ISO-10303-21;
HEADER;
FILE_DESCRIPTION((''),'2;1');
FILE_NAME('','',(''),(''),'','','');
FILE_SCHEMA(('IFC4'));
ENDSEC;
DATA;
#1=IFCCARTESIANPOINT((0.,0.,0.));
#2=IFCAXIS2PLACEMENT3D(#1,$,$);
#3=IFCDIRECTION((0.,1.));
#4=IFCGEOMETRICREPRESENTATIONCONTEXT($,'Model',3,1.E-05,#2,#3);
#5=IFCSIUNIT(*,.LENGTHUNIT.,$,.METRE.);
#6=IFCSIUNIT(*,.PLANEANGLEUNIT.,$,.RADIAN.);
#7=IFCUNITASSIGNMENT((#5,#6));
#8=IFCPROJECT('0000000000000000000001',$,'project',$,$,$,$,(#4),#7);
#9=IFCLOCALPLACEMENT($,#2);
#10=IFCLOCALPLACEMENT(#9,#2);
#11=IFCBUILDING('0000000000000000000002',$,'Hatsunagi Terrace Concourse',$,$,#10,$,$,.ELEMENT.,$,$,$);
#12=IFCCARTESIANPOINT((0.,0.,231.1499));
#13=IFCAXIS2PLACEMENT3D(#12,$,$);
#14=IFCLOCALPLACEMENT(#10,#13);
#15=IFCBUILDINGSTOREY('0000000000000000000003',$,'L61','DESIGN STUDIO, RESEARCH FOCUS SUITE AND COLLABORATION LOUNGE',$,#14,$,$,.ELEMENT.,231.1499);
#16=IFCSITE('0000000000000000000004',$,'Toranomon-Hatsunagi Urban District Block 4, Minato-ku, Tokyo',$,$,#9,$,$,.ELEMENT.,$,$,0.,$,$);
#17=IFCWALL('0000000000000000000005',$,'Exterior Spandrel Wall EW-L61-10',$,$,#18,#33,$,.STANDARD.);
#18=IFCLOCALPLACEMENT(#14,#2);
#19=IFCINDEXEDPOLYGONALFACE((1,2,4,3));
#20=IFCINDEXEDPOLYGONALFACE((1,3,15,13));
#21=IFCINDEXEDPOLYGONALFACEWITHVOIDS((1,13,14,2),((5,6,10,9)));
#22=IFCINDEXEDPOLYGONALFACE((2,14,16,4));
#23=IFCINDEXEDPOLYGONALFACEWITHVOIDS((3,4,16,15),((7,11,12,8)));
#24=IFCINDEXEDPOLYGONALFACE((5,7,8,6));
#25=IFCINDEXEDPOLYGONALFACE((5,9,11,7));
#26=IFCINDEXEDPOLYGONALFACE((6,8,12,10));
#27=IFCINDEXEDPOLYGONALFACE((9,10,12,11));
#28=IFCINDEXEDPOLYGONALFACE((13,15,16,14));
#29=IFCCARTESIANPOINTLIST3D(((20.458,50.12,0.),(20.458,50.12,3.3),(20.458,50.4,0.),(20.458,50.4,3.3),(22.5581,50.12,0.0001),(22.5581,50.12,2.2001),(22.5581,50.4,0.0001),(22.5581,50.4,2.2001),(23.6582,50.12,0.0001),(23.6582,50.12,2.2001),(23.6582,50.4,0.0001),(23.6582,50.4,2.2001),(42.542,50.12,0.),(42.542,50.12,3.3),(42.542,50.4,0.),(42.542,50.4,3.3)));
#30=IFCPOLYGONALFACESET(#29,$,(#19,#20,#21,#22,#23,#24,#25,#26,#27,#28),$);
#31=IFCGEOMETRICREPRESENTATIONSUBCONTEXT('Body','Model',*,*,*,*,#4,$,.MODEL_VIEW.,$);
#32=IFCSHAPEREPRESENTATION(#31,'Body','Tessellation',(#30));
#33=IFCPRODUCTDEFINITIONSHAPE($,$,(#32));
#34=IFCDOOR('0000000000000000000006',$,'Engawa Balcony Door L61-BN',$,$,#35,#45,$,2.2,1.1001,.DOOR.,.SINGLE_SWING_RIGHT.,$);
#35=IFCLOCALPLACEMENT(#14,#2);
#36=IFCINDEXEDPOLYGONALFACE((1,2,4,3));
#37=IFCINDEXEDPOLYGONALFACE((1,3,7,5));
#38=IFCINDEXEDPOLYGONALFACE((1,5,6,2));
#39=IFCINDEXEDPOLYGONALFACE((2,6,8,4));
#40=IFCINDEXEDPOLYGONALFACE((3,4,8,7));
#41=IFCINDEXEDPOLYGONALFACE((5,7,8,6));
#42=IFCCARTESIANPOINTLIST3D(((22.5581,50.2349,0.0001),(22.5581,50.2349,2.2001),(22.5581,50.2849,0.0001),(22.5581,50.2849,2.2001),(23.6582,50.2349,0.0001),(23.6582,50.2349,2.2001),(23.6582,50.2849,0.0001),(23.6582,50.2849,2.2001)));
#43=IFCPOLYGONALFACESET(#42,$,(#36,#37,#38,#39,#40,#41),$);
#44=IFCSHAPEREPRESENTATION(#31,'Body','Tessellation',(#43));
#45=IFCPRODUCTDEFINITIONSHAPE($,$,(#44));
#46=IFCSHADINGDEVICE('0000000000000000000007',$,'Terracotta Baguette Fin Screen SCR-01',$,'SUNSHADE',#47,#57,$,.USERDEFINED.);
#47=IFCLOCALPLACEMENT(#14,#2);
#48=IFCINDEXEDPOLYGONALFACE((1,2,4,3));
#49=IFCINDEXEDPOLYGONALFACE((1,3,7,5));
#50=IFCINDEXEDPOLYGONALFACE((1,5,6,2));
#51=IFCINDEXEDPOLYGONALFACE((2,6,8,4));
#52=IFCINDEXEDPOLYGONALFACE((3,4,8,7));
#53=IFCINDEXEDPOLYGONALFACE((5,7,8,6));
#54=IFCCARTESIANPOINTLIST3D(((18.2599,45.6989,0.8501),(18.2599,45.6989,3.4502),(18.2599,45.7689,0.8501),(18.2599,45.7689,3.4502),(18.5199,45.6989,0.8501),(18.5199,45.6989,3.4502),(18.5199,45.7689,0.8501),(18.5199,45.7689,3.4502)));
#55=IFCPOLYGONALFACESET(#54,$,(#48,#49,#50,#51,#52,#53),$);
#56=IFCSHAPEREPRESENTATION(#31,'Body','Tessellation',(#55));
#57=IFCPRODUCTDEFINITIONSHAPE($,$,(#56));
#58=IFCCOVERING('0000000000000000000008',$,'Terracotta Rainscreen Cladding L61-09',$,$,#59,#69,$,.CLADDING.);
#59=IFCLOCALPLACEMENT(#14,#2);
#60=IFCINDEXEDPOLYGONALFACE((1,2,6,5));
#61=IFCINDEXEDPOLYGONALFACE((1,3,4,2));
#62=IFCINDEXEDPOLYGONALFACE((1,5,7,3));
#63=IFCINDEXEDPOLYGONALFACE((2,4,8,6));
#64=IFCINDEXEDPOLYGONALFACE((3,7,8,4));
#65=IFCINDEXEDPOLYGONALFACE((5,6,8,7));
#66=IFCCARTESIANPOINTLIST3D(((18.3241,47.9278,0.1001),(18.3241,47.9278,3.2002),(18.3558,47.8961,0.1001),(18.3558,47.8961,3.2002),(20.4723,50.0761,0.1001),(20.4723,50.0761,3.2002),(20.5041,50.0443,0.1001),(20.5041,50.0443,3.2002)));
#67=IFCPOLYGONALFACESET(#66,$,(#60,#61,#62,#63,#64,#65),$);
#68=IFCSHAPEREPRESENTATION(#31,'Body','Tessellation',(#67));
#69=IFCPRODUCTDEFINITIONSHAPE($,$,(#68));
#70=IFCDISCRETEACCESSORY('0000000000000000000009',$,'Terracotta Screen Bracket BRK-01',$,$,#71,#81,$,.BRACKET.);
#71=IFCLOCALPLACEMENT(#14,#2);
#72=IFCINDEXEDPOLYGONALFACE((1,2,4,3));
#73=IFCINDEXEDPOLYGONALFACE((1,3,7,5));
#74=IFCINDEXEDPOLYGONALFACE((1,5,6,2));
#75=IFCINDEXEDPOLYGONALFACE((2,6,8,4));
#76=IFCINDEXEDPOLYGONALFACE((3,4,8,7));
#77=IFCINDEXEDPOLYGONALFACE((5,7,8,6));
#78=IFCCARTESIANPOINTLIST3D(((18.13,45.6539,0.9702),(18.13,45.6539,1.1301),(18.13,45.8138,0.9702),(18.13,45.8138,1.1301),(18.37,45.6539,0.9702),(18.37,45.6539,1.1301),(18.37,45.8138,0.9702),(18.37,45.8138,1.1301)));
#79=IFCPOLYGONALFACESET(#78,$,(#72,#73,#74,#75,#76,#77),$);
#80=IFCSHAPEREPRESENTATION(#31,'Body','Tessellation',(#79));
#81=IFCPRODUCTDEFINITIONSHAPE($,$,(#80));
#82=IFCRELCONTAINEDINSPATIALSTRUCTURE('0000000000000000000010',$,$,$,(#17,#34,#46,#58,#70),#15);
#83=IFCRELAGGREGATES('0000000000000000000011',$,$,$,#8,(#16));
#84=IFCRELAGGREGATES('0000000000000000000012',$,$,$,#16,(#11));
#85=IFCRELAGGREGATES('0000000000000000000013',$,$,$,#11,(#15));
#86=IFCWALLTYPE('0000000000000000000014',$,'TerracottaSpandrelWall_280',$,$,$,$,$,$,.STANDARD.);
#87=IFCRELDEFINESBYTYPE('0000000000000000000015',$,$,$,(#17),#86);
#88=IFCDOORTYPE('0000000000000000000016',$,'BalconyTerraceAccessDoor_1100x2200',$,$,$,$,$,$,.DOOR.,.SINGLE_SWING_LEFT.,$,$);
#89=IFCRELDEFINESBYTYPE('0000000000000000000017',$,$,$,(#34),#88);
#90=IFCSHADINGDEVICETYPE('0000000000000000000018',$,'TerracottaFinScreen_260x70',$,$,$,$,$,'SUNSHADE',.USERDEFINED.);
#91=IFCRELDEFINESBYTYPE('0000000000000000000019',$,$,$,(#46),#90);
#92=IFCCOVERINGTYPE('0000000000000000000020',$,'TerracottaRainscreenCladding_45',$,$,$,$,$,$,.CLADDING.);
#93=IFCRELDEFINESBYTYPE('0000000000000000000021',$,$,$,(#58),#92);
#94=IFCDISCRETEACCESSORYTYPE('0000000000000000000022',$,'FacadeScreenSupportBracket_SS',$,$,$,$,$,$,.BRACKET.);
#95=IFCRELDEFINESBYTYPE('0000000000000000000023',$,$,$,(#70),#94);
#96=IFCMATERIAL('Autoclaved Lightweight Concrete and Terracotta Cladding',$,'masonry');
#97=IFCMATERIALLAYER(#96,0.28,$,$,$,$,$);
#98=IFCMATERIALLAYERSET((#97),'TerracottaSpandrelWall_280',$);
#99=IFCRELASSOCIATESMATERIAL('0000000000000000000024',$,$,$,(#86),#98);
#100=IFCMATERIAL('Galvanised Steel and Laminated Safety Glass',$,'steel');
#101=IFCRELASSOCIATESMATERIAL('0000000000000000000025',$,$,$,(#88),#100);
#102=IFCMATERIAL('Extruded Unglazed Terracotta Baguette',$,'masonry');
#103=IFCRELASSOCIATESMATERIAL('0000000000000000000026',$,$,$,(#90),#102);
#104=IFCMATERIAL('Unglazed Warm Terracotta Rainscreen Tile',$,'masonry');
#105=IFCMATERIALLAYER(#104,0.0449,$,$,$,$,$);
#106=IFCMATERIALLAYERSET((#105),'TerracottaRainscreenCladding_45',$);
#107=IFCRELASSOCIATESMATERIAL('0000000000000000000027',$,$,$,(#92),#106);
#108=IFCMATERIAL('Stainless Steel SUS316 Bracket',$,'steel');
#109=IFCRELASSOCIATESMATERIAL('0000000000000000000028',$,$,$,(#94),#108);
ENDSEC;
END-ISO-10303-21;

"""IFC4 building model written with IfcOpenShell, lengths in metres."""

from ifc_helpers import new_model, si_unit, direction, frame, frame_2d, origin, origin_2d, place, context, subcontext, project, spatial, rectangle, extrude, material, layer, layer_set, type_object, element, fill, save


model = new_model("IFC4")

# Units and contexts
model_context = context("Model", 3, precision=1e-05, world=origin(), true_north=direction((0.0, 1.0)))
body_context = subcontext(model_context, "Body", "Model", "MODEL_VIEW")
ifc_project = project(units=[si_unit("LENGTHUNIT", "METRE"), si_unit("PLANEANGLEUNIT", "RADIAN")], contexts=[model_context])

# Site, building, storey
site_placement = place(None, origin())
site = spatial("IfcSite", under=ifc_project, at=site_placement, Name="Toranomon-Hatsunagi Urban District Block 4, Minato-ku, Tokyo", CompositionType="ELEMENT", RefElevation=0.0)
building_placement = place(site_placement, origin())
building = spatial("IfcBuilding", under=site, at=building_placement, Name="Hatsunagi Terrace Concourse", CompositionType="ELEMENT")
storey_placement = place(building_placement, frame((0.0, 0.0, 231.1499)))
storey = spatial("IfcBuildingStorey", under=building, at=storey_placement, Name="L61", Description="DESIGN STUDIO, RESEARCH FOCUS SUITE AND COLLABORATION LOUNGE", CompositionType="ELEMENT", Elevation=231.1499)

# Shared definitions
ifc_material_1 = material(Name="Autoclaved Lightweight Concrete and Terracotta Cladding", Category="masonry")
ifc_layer_1 = layer(ifc_material_1, 0.28)
ifc_layer_set_1 = layer_set([ifc_layer_1], Name="TerracottaSpandrelWall_280")
wall_type_1 = type_object("IfcWallType", Name="TerracottaSpandrelWall_280", PredefinedType="STANDARD", material=ifc_layer_set_1)

# Wall, opening, door
wall_1_placement = place(storey_placement, frame((20.458, 50.26, 0.0), z_axis=(0.0, 0.0, 1.0), x_axis=(1.0, 0.0, 0.0)))
wall_1 = element("IfcWall", 1, at=wall_1_placement, inside=storey, type_object=wall_type_1, Name="Exterior Spandrel Wall EW-L61-10", PredefinedType="STANDARD", context=body_context, shape_type="SweptSolid", body=[
    extrude(rectangle(XDim=22.084, YDim=0.28, at=frame_2d((11.042, 0.0))), origin(), (0.0, 0.0, 1.0), 3.3),
])
opening_1_placement = place(wall_1_placement, frame((2.1001, 0.0, 0.0)))
opening_1 = element("IfcOpeningElement", 2, at=opening_1_placement, cuts=wall_1, PredefinedType="OPENING", context=body_context, shape_type="SweptSolid", body=[
    extrude(rectangle(XDim=1.1001, YDim=2.2, at=frame_2d((0.55, 1.1001))), frame((0.0, 0.1499, 0.0), z_axis=(0.0, -1.0, 0.0), x_axis=(1.0, 0.0, 0.0)), (0.0, 0.0, 1.0), 0.3),
])
ifc_material_2 = material(Name="Galvanised Steel and Laminated Safety Glass", Category="steel")
door_type_1 = type_object("IfcDoorType", Name="BalconyTerraceAccessDoor_1100x2200", OperationType="SINGLE_SWING_LEFT", PredefinedType="DOOR", material=ifc_material_2)
door_1_placement = place(opening_1_placement, origin())
door_1 = element("IfcDoor", 3, at=door_1_placement, inside=storey, type_object=door_type_1, Name="Engawa Balcony Door L61-BN", OperationType="SINGLE_SWING_RIGHT", OverallHeight=2.2, OverallWidth=1.1001, PredefinedType="DOOR", context=body_context, shape_type="SweptSolid", body=[
    extrude(rectangle(XDim=1.1001, YDim=2.2, at=frame_2d((0.55, 1.1001))), frame((0.0, 0.0249, 0.0), z_axis=(0.0, -1.0, 0.0), x_axis=(1.0, 0.0, 0.0)), (0.0, 0.0, 1.0), 0.05),
])
fill(opening_1, door_1)

# Shading device
ifc_material_3 = material(Name="Extruded Unglazed Terracotta Baguette", Category="masonry")
shading_device_type = type_object("IfcShadingDeviceType", Name="TerracottaFinScreen_260x70", ElementType="SUNSHADE", PredefinedType="USERDEFINED", material=ifc_material_3)
shading_device_placement = place(storey_placement, frame((18.3899, 45.7339, 0.8501), z_axis=(0.0, 0.0, 1.0), x_axis=(0.0, 1.0, 0.0)))
element("IfcShadingDevice", 4, at=shading_device_placement, inside=storey, type_object=shading_device_type, Name="Terracotta Baguette Fin Screen SCR-01", ObjectType="SUNSHADE", PredefinedType="USERDEFINED", context=body_context, shape_type="SweptSolid", body=[
    extrude(rectangle(XDim=0.0701, YDim=0.26, at=origin_2d()), origin(), (0.0, 0.0, 1.0), 2.6001),
])

# Covering
ifc_material_4 = material(Name="Unglazed Warm Terracotta Rainscreen Tile", Category="masonry")
ifc_layer_2 = layer(ifc_material_4, 0.0449)
ifc_layer_set_2 = layer_set([ifc_layer_2], Name="TerracottaRainscreenCladding_45")
covering_type = type_object("IfcCoveringType", Name="TerracottaRainscreenCladding_45", PredefinedType="CLADDING", material=ifc_layer_set_2)
covering_placement = place(storey_placement, frame((19.4141, 48.9861, 0.1001), z_axis=(0.0, 0.0, 1.0), x_axis=(0.707107, 0.707107, 0.0)))
element("IfcCovering", 5, at=covering_placement, inside=storey, type_object=covering_type, Name="Terracotta Rainscreen Cladding L61-09", PredefinedType="CLADDING", context=body_context, shape_type="SweptSolid", body=[
    extrude(rectangle(XDim=3.0381, YDim=0.0449, at=origin_2d()), origin(), (0.0, 0.0, 1.0), 3.1001),
])

# Discrete accessory
ifc_material_5 = material(Name="Stainless Steel SUS316 Bracket", Category="steel")
discrete_accessory_type = type_object("IfcDiscreteAccessoryType", Name="FacadeScreenSupportBracket_SS", PredefinedType="BRACKET", material=ifc_material_5)
discrete_accessory_placement = place(storey_placement, frame((18.25, 45.7339, 0.9702), z_axis=(0.0, 0.0, 1.0), x_axis=(0.0, 1.0, 0.0)))
element("IfcDiscreteAccessory", 6, at=discrete_accessory_placement, inside=storey, type_object=discrete_accessory_type, Name="Terracotta Screen Bracket BRK-01", PredefinedType="BRACKET", context=body_context, shape_type="SweptSolid", body=[
    extrude(rectangle(XDim=0.1599, YDim=0.24, at=origin_2d()), origin(), (0.0, 0.0, 1.0), 0.1599),
])

save(model, "model.ifc")
